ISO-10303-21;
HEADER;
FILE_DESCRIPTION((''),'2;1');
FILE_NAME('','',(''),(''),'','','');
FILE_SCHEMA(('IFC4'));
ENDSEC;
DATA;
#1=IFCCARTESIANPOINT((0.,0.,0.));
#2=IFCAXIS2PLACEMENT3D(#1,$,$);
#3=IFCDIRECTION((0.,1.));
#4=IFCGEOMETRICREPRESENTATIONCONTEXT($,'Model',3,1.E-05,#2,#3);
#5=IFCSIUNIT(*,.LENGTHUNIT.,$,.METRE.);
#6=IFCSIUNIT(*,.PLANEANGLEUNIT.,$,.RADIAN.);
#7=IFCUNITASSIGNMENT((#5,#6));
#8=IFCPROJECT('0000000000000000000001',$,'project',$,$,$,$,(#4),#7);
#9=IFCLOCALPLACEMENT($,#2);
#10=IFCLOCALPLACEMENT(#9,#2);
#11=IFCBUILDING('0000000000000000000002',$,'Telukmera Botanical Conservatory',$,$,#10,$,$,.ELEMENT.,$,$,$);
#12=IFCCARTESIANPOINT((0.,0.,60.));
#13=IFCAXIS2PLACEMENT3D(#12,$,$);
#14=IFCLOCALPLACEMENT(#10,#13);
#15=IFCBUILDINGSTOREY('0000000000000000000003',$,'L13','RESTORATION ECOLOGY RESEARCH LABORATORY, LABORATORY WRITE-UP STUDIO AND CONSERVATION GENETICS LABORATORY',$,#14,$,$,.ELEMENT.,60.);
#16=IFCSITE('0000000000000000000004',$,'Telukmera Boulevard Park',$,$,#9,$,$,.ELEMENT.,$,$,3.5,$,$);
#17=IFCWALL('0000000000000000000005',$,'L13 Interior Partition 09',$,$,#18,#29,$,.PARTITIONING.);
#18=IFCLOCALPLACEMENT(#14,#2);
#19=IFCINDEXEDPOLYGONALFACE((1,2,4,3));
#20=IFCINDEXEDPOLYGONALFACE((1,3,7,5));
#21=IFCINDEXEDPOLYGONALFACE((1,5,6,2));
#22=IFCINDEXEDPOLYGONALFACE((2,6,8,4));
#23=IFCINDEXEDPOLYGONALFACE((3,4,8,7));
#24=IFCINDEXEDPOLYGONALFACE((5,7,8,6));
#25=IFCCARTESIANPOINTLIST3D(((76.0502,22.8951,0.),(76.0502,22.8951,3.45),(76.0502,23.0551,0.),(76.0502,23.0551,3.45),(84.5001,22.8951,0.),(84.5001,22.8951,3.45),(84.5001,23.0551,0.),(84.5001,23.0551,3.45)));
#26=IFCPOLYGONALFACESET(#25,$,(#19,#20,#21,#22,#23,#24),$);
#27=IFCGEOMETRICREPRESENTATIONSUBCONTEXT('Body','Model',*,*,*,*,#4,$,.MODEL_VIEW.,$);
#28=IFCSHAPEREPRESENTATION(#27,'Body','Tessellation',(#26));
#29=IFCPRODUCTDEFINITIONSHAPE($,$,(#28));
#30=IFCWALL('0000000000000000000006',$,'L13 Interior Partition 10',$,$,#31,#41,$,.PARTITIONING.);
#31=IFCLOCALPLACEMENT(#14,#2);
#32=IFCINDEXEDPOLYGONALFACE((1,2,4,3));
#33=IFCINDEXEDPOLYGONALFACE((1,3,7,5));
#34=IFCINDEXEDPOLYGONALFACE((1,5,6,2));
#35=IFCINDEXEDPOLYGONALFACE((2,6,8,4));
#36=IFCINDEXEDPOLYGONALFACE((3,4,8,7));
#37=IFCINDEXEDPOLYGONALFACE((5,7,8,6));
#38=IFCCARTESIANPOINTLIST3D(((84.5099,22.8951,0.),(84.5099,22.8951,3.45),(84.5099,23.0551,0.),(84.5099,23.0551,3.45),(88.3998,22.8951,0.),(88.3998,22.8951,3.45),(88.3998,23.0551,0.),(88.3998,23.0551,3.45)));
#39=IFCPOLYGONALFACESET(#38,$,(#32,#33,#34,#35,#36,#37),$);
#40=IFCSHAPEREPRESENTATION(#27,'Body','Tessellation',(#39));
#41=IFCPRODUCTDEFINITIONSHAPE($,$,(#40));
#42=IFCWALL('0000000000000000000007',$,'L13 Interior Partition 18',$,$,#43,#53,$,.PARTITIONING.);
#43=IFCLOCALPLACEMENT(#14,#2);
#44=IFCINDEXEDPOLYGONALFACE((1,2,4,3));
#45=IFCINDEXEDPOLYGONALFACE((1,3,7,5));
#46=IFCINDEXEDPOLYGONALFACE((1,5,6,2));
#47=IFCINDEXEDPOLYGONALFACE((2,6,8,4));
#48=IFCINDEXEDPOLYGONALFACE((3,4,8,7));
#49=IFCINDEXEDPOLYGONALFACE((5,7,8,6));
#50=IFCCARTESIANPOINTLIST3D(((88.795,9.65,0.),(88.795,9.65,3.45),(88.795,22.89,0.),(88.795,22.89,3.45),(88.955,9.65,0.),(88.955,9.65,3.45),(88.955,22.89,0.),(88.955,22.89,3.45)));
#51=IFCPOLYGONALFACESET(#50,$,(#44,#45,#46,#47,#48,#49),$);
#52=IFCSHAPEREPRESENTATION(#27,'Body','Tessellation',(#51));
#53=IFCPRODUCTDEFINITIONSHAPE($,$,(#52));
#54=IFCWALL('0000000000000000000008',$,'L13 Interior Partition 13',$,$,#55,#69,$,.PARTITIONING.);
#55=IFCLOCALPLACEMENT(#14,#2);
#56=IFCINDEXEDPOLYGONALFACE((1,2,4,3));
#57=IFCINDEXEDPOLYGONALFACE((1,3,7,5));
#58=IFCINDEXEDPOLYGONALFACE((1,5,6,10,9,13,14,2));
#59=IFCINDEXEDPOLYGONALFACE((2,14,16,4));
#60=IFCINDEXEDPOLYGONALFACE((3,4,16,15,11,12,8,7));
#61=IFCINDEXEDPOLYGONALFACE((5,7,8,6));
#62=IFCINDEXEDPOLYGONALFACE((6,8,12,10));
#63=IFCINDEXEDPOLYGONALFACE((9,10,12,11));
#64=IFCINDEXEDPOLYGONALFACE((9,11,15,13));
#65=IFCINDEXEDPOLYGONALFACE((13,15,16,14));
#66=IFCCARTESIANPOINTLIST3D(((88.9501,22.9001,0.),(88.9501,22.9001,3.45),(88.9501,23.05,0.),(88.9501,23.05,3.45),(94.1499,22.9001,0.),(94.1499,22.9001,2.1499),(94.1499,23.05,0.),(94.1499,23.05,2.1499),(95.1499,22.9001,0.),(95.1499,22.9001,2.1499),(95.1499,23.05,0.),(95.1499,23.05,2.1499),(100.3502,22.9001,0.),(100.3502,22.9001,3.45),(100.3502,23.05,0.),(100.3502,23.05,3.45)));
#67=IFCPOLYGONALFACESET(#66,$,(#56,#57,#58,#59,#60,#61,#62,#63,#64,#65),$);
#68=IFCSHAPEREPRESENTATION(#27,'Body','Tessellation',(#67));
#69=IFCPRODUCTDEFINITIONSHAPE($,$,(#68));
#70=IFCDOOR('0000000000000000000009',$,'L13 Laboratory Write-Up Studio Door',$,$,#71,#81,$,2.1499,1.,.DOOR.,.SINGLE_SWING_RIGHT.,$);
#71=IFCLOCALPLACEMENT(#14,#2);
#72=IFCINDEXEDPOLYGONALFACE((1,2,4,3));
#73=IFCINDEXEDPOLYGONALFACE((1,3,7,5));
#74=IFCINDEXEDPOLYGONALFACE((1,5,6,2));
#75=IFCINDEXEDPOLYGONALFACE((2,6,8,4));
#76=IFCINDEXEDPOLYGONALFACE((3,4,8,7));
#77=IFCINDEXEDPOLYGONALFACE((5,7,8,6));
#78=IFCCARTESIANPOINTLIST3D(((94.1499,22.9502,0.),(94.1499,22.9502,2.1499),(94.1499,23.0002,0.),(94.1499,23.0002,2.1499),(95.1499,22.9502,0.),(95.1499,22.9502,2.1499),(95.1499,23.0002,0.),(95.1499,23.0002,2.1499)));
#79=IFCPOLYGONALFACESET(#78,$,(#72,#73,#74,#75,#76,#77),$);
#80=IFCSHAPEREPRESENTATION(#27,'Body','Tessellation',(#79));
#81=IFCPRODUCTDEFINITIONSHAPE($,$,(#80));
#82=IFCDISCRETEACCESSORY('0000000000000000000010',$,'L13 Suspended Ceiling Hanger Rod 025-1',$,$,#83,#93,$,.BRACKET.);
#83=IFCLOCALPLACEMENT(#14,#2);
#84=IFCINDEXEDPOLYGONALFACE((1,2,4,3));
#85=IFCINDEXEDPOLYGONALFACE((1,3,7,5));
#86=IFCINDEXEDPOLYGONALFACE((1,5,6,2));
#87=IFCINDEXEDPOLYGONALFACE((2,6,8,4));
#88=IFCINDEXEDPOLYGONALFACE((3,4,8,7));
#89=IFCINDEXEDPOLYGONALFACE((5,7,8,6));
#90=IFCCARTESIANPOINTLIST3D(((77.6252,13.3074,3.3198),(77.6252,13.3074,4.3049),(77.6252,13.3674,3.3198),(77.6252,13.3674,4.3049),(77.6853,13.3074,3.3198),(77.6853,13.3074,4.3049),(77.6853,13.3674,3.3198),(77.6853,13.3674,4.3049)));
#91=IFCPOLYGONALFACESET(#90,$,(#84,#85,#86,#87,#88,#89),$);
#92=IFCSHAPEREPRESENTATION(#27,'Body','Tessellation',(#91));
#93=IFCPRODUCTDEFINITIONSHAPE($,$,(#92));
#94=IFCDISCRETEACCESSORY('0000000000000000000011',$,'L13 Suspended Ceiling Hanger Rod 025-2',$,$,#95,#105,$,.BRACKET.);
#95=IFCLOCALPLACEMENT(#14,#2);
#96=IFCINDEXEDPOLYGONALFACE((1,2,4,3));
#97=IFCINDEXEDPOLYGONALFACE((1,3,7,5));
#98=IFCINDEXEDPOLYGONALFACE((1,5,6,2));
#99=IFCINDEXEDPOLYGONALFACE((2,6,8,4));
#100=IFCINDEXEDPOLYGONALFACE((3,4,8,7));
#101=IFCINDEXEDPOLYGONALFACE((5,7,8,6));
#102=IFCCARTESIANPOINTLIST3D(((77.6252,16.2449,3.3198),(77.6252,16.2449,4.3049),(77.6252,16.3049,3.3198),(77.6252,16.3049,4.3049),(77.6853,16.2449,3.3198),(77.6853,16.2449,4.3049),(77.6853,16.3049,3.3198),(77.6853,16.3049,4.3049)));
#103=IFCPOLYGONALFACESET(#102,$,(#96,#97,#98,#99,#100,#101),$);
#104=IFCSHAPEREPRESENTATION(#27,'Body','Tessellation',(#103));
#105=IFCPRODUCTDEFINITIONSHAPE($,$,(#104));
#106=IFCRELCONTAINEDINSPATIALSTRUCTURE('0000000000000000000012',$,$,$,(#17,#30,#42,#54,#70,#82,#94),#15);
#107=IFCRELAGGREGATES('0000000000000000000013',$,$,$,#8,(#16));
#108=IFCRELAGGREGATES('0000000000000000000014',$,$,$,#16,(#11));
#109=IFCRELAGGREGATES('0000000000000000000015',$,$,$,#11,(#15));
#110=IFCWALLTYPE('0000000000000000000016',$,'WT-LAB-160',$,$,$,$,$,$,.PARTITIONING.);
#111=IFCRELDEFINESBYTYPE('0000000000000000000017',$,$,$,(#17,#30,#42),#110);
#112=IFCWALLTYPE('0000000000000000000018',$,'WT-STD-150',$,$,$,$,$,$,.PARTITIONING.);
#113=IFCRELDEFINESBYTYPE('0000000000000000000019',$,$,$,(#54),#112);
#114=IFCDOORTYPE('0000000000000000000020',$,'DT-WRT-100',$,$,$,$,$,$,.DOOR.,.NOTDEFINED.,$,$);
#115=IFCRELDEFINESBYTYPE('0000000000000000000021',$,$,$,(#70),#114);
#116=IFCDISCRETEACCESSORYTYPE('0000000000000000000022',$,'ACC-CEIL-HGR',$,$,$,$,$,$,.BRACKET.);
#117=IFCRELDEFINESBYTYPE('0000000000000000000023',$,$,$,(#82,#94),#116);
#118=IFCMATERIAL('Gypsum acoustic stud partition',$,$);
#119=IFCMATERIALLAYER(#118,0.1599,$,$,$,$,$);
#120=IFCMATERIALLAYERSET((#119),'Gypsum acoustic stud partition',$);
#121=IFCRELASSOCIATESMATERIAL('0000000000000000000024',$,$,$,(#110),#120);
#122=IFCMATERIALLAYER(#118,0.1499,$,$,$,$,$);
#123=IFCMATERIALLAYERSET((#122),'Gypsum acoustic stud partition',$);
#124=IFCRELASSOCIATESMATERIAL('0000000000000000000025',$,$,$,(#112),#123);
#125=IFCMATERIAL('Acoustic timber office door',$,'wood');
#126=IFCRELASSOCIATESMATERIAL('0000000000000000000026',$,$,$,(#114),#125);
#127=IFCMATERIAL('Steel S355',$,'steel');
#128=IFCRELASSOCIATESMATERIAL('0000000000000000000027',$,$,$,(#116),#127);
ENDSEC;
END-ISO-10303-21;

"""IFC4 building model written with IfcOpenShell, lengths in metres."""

from ifc_helpers import new_model, si_unit, direction, frame, frame_2d, origin, origin_2d, place, context, subcontext, project, spatial, rectangle, extrude, material, layer, layer_set, type_object, element, fill, save


model = new_model("IFC4")

# Units and contexts
model_context = context("Model", 3, precision=1e-05, world=origin(), true_north=direction((0.0, 1.0)))
body_context = subcontext(model_context, "Body", "Model", "MODEL_VIEW")
ifc_project = project(units=[si_unit("LENGTHUNIT", "METRE"), si_unit("PLANEANGLEUNIT", "RADIAN")], contexts=[model_context])

# Site, building, storey
site_placement = place(None, origin())
site = spatial("IfcSite", under=ifc_project, at=site_placement, Name="Telukmera Boulevard Park", CompositionType="ELEMENT", RefElevation=3.5)
building_placement = place(site_placement, origin())
building = spatial("IfcBuilding", under=site, at=building_placement, Name="Telukmera Botanical Conservatory", CompositionType="ELEMENT")
storey_placement = place(building_placement, frame((0.0, 0.0, 60.0)))
storey = spatial("IfcBuildingStorey", under=building, at=storey_placement, Name="L13", Description="RESTORATION ECOLOGY RESEARCH LABORATORY, LABORATORY WRITE-UP STUDIO AND CONSERVATION GENETICS LABORATORY", CompositionType="ELEMENT", Elevation=60.0)

# Walls
ifc_material_1 = material(Name="Gypsum acoustic stud partition")
ifc_layer_1 = layer(ifc_material_1, 0.1599)
ifc_layer_set_1 = layer_set([ifc_layer_1], Name="Gypsum acoustic stud partition")
wall_type_1 = type_object("IfcWallType", Name="WT-LAB-160", PredefinedType="PARTITIONING", material=ifc_layer_set_1)
wall_1_placement = place(storey_placement, frame((76.05, 22.9751, 0.0), z_axis=(0.0, 0.0, 1.0), x_axis=(1.0, 0.0, 0.0)))
element("IfcWall", 1, at=wall_1_placement, inside=storey, type_object=wall_type_1, Name="L13 Interior Partition 09", PredefinedType="PARTITIONING", context=body_context, shape_type="SweptSolid", body=[
    extrude(rectangle(XDim=8.45, YDim=0.1599, at=frame_2d((4.2251, 0.0))), origin(), (0.0, 0.0, 1.0), 3.45),
])
wall_2_placement = place(storey_placement, frame((84.51, 22.9751, 0.0), z_axis=(0.0, 0.0, 1.0), x_axis=(1.0, 0.0, 0.0)))
element("IfcWall", 2, at=wall_2_placement, inside=storey, type_object=wall_type_1, Name="L13 Interior Partition 10", PredefinedType="PARTITIONING", context=body_context, shape_type="SweptSolid", body=[
    extrude(rectangle(XDim=3.8899, YDim=0.1599, at=frame_2d((1.9448, 0.0))), origin(), (0.0, 0.0, 1.0), 3.45),
])
wall_3_placement = place(storey_placement, frame((88.875, 9.6499, 0.0), z_axis=(0.0, 0.0, 1.0), x_axis=(0.0, 1.0, 0.0)))
element("IfcWall", 3, at=wall_3_placement, inside=storey, type_object=wall_type_1, Name="L13 Interior Partition 18", PredefinedType="PARTITIONING", context=body_context, shape_type="SweptSolid", body=[
    extrude(rectangle(XDim=13.24, YDim=0.1599, at=frame_2d((6.6201, 0.0))), origin(), (0.0, 0.0, 1.0), 3.45),
])

# Wall, opening, door
ifc_layer_2 = layer(ifc_material_1, 0.1499)
ifc_layer_set_2 = layer_set([ifc_layer_2], Name="Gypsum acoustic stud partition")
wall_type_2 = type_object("IfcWallType", Name="WT-STD-150", PredefinedType="PARTITIONING", material=ifc_layer_set_2)
wall_4_placement = place(storey_placement, frame((88.95, 22.9751, 0.0), z_axis=(0.0, 0.0, 1.0), x_axis=(1.0, 0.0, 0.0)))
wall_4 = element("IfcWall", 4, at=wall_4_placement, inside=storey, type_object=wall_type_2, Name="L13 Interior Partition 13", PredefinedType="PARTITIONING", context=body_context, shape_type="SweptSolid", body=[
    extrude(rectangle(XDim=11.4001, YDim=0.1499, at=frame_2d((5.7002, 0.0))), origin(), (0.0, 0.0, 1.0), 3.45),
])
opening_1_placement = place(wall_4_placement, frame((5.2, 0.0, 0.0)))
opening_1 = element("IfcOpeningElement", 5, at=opening_1_placement, cuts=wall_4, PredefinedType="OPENING", context=body_context, shape_type="SweptSolid", body=[
    extrude(rectangle(XDim=1.0, YDim=2.1499, at=frame_2d((0.5, 1.075))), frame((0.0, 0.085, 0.0), z_axis=(0.0, -1.0, 0.0), x_axis=(1.0, 0.0, 0.0)), (0.0, 0.0, 1.0), 0.1699),
])
ifc_material_2 = material(Name="Acoustic timber office door", Category="wood")
door_type_1 = type_object("IfcDoorType", Name="DT-WRT-100", OperationType="NOTDEFINED", PredefinedType="DOOR", material=ifc_material_2)
door_1_placement = place(opening_1_placement, frame((1.0, 0.0, 0.0), z_axis=(0.0, 0.0, 1.0), x_axis=(-1.0, 0.0, 0.0)))
door_1 = element("IfcDoor", 6, at=door_1_placement, inside=storey, type_object=door_type_1, Name="L13 Laboratory Write-Up Studio Door", OperationType="SINGLE_SWING_RIGHT", OverallHeight=2.1499, OverallWidth=1.0, PredefinedType="DOOR", context=body_context, shape_type="SweptSolid", body=[
    extrude(rectangle(XDim=1.0, YDim=2.1499, at=frame_2d((0.5, 1.075))), frame((0.0, 0.0249, 0.0), z_axis=(0.0, -1.0, 0.0), x_axis=(1.0, 0.0, 0.0)), (0.0, 0.0, 1.0), 0.05),
])
fill(opening_1, door_1)

# Discrete accessories
ifc_material_3 = material(Name="Steel S355", Category="steel")
discrete_accessory_type = type_object("IfcDiscreteAccessoryType", Name="ACC-CEIL-HGR", PredefinedType="BRACKET", material=ifc_material_3)
for number, where, z_axis, x_axis, name in (
    (7, (77.6553, 13.3374, 3.3198), (0.0, 0.0, 1.0), (1.0, 0.0, 0.0), "L13 Suspended Ceiling Hanger Rod 025-1"),
    (8, (77.6553, 16.2749, 3.3198), (0.0, 0.0, 1.0), (1.0, 0.0, 0.0), "L13 Suspended Ceiling Hanger Rod 025-2"),
):
    element("IfcDiscreteAccessory", number, at=place(storey_placement, frame(where, z_axis=z_axis, x_axis=x_axis)), inside=storey, type_object=discrete_accessory_type, Name=name, PredefinedType="BRACKET", context=body_context, shape_type="SweptSolid", body=[
        extrude(rectangle(XDim=0.0601, YDim=0.0601, at=origin_2d()), origin(), (0.0, 0.0, 1.0), 0.9851),
    ])

save(model, "model.ifc")
